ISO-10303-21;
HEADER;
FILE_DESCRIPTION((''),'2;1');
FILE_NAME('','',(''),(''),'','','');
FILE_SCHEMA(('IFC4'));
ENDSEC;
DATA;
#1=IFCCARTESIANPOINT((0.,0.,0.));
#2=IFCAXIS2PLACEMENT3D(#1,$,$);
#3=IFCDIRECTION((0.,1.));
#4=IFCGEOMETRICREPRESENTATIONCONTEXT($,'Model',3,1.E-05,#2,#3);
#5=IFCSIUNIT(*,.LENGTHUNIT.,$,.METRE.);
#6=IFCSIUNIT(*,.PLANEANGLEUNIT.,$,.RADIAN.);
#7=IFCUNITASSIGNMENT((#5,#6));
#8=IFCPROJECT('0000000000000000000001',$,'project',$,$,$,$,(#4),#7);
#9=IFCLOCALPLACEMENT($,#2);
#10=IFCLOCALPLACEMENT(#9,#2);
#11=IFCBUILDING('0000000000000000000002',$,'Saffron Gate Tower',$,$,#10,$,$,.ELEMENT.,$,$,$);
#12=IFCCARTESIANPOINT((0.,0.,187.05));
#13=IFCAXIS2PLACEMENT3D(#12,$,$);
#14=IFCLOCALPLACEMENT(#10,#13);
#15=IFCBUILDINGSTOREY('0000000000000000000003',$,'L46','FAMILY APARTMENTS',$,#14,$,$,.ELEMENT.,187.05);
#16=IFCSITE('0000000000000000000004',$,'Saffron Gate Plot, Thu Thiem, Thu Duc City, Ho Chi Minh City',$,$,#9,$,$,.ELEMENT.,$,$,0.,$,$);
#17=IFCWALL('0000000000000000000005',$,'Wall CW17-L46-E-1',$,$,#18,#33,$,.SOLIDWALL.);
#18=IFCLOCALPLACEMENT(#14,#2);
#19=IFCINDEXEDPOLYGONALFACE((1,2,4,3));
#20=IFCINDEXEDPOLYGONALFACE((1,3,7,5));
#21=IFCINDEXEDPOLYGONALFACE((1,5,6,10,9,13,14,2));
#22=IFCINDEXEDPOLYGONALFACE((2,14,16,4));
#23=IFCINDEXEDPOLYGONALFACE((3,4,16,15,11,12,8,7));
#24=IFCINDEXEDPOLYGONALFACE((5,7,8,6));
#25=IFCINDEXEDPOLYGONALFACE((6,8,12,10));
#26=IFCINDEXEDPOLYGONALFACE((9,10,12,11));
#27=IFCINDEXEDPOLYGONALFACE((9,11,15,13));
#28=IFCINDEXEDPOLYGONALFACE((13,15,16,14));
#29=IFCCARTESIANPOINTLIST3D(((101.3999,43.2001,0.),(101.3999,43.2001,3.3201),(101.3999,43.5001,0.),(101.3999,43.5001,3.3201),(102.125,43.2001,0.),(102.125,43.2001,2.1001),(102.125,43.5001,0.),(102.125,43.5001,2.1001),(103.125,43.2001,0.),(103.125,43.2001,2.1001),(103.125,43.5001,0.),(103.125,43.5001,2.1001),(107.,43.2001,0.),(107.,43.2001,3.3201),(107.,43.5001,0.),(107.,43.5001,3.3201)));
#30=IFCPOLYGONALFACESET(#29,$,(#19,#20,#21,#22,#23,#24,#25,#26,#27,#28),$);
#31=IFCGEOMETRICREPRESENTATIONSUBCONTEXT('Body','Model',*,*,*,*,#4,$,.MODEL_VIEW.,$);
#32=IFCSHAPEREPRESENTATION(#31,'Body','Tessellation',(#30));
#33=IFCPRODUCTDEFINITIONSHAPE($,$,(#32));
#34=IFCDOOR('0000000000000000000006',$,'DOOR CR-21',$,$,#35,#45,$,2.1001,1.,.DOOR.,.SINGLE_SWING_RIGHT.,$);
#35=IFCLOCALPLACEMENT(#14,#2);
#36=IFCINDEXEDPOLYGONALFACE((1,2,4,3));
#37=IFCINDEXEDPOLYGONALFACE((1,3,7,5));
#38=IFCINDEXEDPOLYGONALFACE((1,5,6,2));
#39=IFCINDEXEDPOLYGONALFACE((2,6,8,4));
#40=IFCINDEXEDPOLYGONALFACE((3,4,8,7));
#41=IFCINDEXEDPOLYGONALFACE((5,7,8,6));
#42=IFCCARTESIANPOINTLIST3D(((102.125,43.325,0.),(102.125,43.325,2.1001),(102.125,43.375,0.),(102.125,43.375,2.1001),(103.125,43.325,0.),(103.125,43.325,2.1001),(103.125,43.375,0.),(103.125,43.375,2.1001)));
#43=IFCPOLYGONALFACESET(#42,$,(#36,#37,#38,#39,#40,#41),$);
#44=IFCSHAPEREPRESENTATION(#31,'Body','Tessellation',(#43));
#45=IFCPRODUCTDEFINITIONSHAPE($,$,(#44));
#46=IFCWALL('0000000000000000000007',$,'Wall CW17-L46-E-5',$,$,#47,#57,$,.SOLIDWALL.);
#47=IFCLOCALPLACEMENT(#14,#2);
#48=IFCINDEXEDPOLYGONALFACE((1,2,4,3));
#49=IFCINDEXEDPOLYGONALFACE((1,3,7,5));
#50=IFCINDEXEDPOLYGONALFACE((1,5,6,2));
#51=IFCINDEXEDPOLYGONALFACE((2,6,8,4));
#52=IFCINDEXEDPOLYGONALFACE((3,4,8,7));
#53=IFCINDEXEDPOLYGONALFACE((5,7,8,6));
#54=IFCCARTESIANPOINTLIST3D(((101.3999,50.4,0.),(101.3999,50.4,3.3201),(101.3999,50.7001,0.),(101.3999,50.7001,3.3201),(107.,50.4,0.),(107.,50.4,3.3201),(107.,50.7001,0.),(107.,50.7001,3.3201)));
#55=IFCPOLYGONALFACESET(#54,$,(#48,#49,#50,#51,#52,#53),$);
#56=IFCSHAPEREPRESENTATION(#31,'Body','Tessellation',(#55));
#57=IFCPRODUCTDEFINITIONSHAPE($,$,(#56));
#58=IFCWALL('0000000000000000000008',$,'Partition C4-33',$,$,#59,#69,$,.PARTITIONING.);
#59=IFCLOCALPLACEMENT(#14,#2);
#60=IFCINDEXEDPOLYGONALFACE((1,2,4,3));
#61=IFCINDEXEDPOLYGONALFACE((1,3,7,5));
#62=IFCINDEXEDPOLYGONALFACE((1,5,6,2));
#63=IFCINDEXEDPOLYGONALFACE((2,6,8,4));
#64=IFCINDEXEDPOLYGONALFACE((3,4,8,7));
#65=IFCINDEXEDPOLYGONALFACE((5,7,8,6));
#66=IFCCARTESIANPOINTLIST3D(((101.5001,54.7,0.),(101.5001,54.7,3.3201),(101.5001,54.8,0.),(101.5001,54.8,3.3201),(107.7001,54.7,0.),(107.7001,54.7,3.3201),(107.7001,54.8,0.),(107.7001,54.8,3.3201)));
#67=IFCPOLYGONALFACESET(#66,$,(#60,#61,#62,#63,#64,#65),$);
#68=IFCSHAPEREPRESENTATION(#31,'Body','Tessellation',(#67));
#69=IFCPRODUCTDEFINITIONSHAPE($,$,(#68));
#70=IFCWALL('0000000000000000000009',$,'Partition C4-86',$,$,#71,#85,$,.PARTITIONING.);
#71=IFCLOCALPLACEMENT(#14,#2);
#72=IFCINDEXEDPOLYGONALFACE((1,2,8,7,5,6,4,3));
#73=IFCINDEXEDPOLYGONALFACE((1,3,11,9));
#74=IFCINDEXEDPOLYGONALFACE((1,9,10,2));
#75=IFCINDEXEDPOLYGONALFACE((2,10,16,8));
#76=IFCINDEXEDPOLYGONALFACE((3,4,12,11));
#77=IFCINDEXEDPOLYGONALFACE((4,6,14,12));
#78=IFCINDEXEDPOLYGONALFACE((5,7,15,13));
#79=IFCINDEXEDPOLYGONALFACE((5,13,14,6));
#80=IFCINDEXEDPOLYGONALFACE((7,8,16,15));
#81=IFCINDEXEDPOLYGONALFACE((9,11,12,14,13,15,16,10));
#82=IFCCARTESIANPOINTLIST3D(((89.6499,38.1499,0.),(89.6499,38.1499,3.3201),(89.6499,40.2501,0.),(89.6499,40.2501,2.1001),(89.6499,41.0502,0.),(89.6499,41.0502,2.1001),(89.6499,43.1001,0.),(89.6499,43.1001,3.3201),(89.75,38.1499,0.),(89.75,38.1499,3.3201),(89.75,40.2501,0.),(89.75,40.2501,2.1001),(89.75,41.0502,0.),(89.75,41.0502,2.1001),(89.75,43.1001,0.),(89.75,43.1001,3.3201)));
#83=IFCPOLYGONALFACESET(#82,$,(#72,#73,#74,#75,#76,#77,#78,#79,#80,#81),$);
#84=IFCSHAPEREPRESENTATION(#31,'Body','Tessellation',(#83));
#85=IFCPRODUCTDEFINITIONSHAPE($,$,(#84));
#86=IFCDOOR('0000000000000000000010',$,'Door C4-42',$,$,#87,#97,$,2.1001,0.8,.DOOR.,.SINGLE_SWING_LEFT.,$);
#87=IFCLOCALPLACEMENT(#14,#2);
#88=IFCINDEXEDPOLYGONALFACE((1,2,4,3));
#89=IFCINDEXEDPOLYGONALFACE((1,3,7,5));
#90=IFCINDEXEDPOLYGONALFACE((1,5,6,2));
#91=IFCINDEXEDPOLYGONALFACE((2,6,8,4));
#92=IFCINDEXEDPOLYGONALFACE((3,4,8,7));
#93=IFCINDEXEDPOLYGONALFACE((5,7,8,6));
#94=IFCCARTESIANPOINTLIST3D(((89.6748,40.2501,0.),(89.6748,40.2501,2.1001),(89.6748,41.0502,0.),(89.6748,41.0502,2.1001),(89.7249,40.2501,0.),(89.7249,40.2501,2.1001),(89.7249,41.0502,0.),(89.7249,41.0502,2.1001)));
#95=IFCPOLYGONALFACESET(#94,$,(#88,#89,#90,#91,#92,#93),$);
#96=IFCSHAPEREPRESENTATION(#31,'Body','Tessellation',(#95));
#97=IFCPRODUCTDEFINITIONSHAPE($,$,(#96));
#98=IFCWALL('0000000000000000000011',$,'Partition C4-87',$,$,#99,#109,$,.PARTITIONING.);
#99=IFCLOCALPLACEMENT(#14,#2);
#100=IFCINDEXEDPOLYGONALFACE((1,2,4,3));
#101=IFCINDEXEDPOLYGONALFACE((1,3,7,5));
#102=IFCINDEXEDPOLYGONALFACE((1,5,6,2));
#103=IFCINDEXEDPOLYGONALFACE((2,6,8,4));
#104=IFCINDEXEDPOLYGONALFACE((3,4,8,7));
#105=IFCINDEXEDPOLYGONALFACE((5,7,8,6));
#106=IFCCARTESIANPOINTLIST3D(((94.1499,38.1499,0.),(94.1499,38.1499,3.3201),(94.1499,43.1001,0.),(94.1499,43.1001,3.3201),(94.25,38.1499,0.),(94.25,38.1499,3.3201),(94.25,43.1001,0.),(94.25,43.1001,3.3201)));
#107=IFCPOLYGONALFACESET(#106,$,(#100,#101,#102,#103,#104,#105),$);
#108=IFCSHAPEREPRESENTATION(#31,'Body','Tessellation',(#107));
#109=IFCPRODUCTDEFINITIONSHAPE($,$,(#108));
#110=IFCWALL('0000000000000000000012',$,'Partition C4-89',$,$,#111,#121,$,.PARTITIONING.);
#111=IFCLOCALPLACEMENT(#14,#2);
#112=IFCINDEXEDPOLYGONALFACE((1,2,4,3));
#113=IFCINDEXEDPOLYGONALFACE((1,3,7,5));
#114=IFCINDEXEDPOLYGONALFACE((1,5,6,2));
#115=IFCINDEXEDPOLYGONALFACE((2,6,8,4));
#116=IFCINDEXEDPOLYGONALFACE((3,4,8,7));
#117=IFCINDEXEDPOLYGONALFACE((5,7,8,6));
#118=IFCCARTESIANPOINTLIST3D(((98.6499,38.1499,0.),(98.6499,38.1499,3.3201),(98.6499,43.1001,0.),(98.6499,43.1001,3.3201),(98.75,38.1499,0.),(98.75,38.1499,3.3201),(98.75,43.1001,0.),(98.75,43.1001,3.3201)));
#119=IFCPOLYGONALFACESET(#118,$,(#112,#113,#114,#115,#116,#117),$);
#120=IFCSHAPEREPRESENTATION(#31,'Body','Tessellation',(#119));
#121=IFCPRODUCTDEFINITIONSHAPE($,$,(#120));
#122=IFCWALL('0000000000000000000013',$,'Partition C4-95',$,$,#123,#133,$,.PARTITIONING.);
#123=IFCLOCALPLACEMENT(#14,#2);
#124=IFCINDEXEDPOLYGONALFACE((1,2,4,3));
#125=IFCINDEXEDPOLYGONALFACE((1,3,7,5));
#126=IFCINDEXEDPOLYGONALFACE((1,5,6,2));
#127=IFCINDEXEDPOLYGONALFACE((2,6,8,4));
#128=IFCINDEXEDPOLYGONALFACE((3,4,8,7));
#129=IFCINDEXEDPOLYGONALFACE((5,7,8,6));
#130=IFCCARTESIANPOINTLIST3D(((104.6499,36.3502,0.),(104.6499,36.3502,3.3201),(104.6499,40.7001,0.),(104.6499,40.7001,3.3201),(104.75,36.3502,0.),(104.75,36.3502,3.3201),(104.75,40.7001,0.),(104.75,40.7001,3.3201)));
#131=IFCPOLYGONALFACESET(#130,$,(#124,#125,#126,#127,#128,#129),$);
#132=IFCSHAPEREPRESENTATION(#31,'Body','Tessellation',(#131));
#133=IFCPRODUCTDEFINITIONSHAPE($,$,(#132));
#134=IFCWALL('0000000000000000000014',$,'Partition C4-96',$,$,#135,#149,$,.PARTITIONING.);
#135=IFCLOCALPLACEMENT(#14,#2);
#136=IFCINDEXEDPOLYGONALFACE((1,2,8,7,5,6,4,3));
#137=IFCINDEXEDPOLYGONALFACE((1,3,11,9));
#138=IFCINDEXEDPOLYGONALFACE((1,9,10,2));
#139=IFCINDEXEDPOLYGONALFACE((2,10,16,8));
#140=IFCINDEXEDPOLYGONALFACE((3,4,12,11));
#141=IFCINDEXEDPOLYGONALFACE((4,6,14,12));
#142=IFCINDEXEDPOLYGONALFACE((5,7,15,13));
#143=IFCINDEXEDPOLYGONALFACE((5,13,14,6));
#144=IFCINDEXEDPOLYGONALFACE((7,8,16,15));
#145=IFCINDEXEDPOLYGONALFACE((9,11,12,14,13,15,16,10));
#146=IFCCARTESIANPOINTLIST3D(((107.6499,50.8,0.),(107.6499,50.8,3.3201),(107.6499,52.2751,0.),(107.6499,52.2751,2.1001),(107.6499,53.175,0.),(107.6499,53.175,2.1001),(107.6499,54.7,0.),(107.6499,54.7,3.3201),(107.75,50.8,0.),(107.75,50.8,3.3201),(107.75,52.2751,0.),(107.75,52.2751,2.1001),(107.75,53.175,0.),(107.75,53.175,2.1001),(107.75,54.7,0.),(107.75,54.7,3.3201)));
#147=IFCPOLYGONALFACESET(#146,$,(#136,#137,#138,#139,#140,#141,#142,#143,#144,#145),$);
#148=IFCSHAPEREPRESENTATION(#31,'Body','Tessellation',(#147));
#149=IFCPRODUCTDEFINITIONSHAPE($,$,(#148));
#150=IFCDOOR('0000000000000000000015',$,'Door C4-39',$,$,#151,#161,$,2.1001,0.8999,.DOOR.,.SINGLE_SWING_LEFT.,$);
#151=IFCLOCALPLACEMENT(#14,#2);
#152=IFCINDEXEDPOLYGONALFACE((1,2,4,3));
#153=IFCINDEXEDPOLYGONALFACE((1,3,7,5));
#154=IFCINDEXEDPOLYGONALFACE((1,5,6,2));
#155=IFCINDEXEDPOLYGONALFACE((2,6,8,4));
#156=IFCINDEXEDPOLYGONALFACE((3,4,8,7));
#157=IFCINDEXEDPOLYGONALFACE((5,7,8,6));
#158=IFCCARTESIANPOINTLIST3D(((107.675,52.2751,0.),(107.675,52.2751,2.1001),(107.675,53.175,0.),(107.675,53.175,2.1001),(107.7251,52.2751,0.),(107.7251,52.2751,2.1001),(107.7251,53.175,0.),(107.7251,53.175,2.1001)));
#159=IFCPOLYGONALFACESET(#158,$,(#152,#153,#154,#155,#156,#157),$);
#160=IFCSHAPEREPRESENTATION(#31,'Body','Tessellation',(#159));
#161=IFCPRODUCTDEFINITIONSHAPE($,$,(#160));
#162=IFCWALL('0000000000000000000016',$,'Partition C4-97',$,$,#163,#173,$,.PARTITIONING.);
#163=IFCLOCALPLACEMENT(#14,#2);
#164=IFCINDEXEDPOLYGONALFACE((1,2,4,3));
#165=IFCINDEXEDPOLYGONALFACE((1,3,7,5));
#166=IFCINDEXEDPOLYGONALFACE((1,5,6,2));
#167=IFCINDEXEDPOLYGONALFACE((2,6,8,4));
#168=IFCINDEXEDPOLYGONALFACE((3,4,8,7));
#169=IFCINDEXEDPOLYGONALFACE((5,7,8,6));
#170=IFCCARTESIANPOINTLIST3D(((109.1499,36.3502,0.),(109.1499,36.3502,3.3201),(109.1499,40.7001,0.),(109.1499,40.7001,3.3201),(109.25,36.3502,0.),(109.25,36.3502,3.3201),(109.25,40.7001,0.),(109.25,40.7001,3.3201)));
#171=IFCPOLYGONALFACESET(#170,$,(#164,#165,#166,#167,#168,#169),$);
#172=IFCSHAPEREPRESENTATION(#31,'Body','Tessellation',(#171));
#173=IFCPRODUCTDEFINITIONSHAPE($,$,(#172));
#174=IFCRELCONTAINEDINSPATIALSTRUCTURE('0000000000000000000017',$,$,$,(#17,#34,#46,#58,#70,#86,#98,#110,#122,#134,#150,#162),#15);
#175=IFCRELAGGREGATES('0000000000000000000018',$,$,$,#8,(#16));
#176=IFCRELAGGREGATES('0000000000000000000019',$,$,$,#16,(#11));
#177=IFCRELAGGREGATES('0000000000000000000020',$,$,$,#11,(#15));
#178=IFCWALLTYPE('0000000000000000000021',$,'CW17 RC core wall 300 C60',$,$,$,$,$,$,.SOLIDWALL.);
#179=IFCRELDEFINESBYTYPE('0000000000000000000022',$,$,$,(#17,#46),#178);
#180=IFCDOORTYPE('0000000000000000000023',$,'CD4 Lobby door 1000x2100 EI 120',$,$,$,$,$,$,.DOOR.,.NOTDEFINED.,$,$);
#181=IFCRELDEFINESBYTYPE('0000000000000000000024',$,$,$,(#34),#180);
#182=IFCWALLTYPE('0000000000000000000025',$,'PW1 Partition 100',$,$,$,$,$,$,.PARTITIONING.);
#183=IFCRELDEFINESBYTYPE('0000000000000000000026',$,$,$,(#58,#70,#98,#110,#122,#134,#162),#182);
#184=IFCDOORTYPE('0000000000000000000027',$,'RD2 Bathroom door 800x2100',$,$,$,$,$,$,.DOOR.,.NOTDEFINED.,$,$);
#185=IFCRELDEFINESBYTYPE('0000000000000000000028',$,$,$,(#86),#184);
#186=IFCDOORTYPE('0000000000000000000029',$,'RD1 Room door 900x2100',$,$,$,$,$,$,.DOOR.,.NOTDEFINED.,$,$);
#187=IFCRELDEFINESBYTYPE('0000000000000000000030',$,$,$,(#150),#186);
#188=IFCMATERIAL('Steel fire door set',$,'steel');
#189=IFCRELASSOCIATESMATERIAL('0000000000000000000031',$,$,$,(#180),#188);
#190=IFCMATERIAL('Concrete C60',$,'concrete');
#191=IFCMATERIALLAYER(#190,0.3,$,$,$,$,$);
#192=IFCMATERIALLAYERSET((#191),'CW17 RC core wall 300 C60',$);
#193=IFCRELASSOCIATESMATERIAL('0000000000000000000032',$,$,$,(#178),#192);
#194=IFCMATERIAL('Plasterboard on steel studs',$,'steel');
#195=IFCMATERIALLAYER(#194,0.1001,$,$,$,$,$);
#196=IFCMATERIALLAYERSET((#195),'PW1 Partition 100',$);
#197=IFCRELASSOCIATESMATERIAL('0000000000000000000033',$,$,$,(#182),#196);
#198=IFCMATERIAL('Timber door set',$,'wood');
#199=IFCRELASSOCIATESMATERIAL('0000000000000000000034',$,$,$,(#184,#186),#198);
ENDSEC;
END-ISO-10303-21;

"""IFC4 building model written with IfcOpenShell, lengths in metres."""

from ifc_helpers import new_model, si_unit, direction, frame, frame_2d, origin, place, context, subcontext, project, spatial, rectangle, extrude, material, layer, layer_set, type_object, element, fill, save


model = new_model("IFC4")

# Units and contexts
model_context = context("Model", 3, precision=1e-05, world=origin(), true_north=direction((0.0, 1.0)))
body_context = subcontext(model_context, "Body", "Model", "MODEL_VIEW")
ifc_project = project(units=[si_unit("LENGTHUNIT", "METRE"), si_unit("PLANEANGLEUNIT", "RADIAN")], contexts=[model_context])

# Site, building, storey
site_placement = place(None, origin())
site = spatial("IfcSite", under=ifc_project, at=site_placement, Name="Saffron Gate Plot, Thu Thiem, Thu Duc City, Ho Chi Minh City", CompositionType="ELEMENT", RefElevation=0.0)
building_placement = place(site_placement, origin())
building = spatial("IfcBuilding", under=site, at=building_placement, Name="Saffron Gate Tower", CompositionType="ELEMENT")
storey_placement = place(building_placement, frame((0.0, 0.0, 187.05)))
storey = spatial("IfcBuildingStorey", under=building, at=storey_placement, Name="L46", Description="FAMILY APARTMENTS", CompositionType="ELEMENT", Elevation=187.05)

# Shared definitions
ifc_material_1 = material(Name="Steel fire door set", Category="steel")
door_type_1 = type_object("IfcDoorType", Name="CD4 Lobby door 1000x2100 EI 120", OperationType="NOTDEFINED", PredefinedType="DOOR", material=ifc_material_1)
ifc_material_2 = material(Name="Concrete C60", Category="concrete")

# Wall, opening, door
ifc_layer_1 = layer(ifc_material_2, 0.3)
ifc_layer_set_1 = layer_set([ifc_layer_1], Name="CW17 RC core wall 300 C60")
wall_type_1 = type_object("IfcWallType", Name="CW17 RC core wall 300 C60", PredefinedType="SOLIDWALL", material=ifc_layer_set_1)
wall_1_placement = place(storey_placement, frame((101.3999, 43.3501, 0.0), z_axis=(0.0, 0.0, 1.0), x_axis=(1.0, 0.0, 0.0)))
wall_1 = element("IfcWall", 1, at=wall_1_placement, inside=storey, type_object=wall_type_1, Name="Wall CW17-L46-E-1", PredefinedType="SOLIDWALL", context=body_context, shape_type="SweptSolid", body=[
    extrude(rectangle(XDim=5.6001, YDim=0.3, at=frame_2d((2.8, 0.0))), origin(), (0.0, 0.0, 1.0), 3.3201),
])
opening_1_placement = place(wall_1_placement, frame((0.7251, 0.0, 0.0)))
opening_1 = element("IfcOpeningElement", 2, at=opening_1_placement, cuts=wall_1, PredefinedType="OPENING", context=body_context, shape_type="SweptSolid", body=[
    extrude(rectangle(XDim=1.0, YDim=2.1001, at=frame_2d((0.5, 1.05))), frame((0.0, 0.1602, 0.0), z_axis=(0.0, -1.0, 0.0), x_axis=(1.0, 0.0, 0.0)), (0.0, 0.0, 1.0), 0.3201),
])
door_1_placement = place(opening_1_placement, origin())
door_1 = element("IfcDoor", 3, at=door_1_placement, inside=storey, type_object=door_type_1, Name="DOOR CR-21", OperationType="SINGLE_SWING_RIGHT", OverallHeight=2.1001, OverallWidth=1.0, PredefinedType="DOOR", context=body_context, shape_type="SweptSolid", body=[
    extrude(rectangle(XDim=1.0, YDim=2.1001, at=frame_2d((0.5, 1.05))), frame((0.0, 0.0249, 0.0), z_axis=(0.0, -1.0, 0.0), x_axis=(1.0, 0.0, 0.0)), (0.0, 0.0, 1.0), 0.05),
])
fill(opening_1, door_1)

# Walls
wall_2_placement = place(storey_placement, frame((101.3999, 50.55, 0.0), z_axis=(0.0, 0.0, 1.0), x_axis=(1.0, 0.0, 0.0)))
element("IfcWall", 4, at=wall_2_placement, inside=storey, type_object=wall_type_1, Name="Wall CW17-L46-E-5", PredefinedType="SOLIDWALL", context=body_context, shape_type="SweptSolid", body=[
    extrude(rectangle(XDim=5.6001, YDim=0.3, at=frame_2d((2.8, 0.0))), origin(), (0.0, 0.0, 1.0), 3.3201),
])
ifc_material_3 = material(Name="Plasterboard on steel studs", Category="steel")
ifc_layer_2 = layer(ifc_material_3, 0.1001)
ifc_layer_set_2 = layer_set([ifc_layer_2], Name="PW1 Partition 100")
wall_type_2 = type_object("IfcWallType", Name="PW1 Partition 100", PredefinedType="PARTITIONING", material=ifc_layer_set_2)
wall_3_placement = place(storey_placement, frame((101.5, 54.75, 0.0), z_axis=(0.0, 0.0, 1.0), x_axis=(1.0, 0.0, 0.0)))
element("IfcWall", 5, at=wall_3_placement, inside=storey, type_object=wall_type_2, Name="Partition C4-33", PredefinedType="PARTITIONING", context=body_context, shape_type="SweptSolid", body=[
    extrude(rectangle(XDim=6.2, YDim=0.1001, at=frame_2d((3.1001, 0.0))), origin(), (0.0, 0.0, 1.0), 3.3201),
])

# Wall, opening, door
wall_4_placement = place(storey_placement, frame((89.7, 43.1001, 0.0), z_axis=(0.0, 0.0, 1.0), x_axis=(0.0, -1.0, 0.0)))
wall_4 = element("IfcWall", 6, at=wall_4_placement, inside=storey, type_object=wall_type_2, Name="Partition C4-86", PredefinedType="PARTITIONING", context=body_context, shape_type="SweptSolid", body=[
    extrude(rectangle(XDim=4.9502, YDim=0.1001, at=frame_2d((2.4751, 0.0))), origin(), (0.0, 0.0, 1.0), 3.3201),
])
opening_2_placement = place(wall_4_placement, frame((2.05, 0.0, 0.0)))
opening_2 = element("IfcOpeningElement", 7, at=opening_2_placement, cuts=wall_4, PredefinedType="OPENING", context=body_context, shape_type="SweptSolid", body=[
    extrude(rectangle(XDim=0.8, YDim=2.1001, at=frame_2d((0.3999, 1.05))), frame((0.0, 0.0601, 0.0), z_axis=(0.0, -1.0, 0.0), x_axis=(1.0, 0.0, 0.0)), (0.0, 0.0, 1.0), 0.1201),
])
ifc_material_4 = material(Name="Timber door set", Category="wood")
door_type_2 = type_object("IfcDoorType", Name="RD2 Bathroom door 800x2100", OperationType="NOTDEFINED", PredefinedType="DOOR", material=ifc_material_4)
door_2_placement = place(opening_2_placement, origin())
door_2 = element("IfcDoor", 8, at=door_2_placement, inside=storey, type_object=door_type_2, Name="Door C4-42", OperationType="SINGLE_SWING_LEFT", OverallHeight=2.1001, OverallWidth=0.8, PredefinedType="DOOR", context=body_context, shape_type="SweptSolid", body=[
    extrude(rectangle(XDim=0.8, YDim=2.1001, at=frame_2d((0.3999, 1.05))), frame((0.0, 0.0249, 0.0), z_axis=(0.0, -1.0, 0.0), x_axis=(1.0, 0.0, 0.0)), (0.0, 0.0, 1.0), 0.05),
])
fill(opening_2, door_2)

# Walls
for number, where, z_axis, x_axis, name in (
    (9, (94.2, 43.1001, 0.0), (0.0, 0.0, 1.0), (0.0, -1.0, 0.0), "Partition C4-87"),
    (10, (98.7, 43.1001, 0.0), (0.0, 0.0, 1.0), (0.0, -1.0, 0.0), "Partition C4-89"),
):
    element("IfcWall", number, at=place(storey_placement, frame(where, z_axis=z_axis, x_axis=x_axis)), inside=storey, type_object=wall_type_2, Name=name, PredefinedType="PARTITIONING", context=body_context, shape_type="SweptSolid", body=[
        extrude(rectangle(XDim=4.9502, YDim=0.1001, at=frame_2d((2.4751, 0.0))), origin(), (0.0, 0.0, 1.0), 3.3201),
    ])
wall_5_placement = place(storey_placement, frame((104.7, 40.7, 0.0), z_axis=(0.0, 0.0, 1.0), x_axis=(0.0, -1.0, 0.0)))
element("IfcWall", 11, at=wall_5_placement, inside=storey, type_object=wall_type_2, Name="Partition C4-95", PredefinedType="PARTITIONING", context=body_context, shape_type="SweptSolid", body=[
    extrude(rectangle(XDim=4.3499, YDim=0.1001, at=frame_2d((2.1748, 0.0))), origin(), (0.0, 0.0, 1.0), 3.3201),
])

# Wall, opening, door
wall_6_placement = place(storey_placement, frame((107.7, 50.8, 0.0), z_axis=(0.0, 0.0, 1.0), x_axis=(0.0, 1.0, 0.0)))
wall_6 = element("IfcWall", 12, at=wall_6_placement, inside=storey, type_object=wall_type_2, Name="Partition C4-96", PredefinedType="PARTITIONING", context=body_context, shape_type="SweptSolid", body=[
    extrude(rectangle(XDim=3.8999, YDim=0.1001, at=frame_2d((1.95, 0.0))), origin(), (0.0, 0.0, 1.0), 3.3201),
])
opening_3_placement = place(wall_6_placement, frame((1.4751, 0.0, 0.0)))
opening_3 = element("IfcOpeningElement", 13, at=opening_3_placement, cuts=wall_6, PredefinedType="OPENING", context=body_context, shape_type="SweptSolid", body=[
    extrude(rectangle(XDim=0.8999, YDim=2.1001, at=frame_2d((0.45, 1.05))), frame((0.0, 0.0601, 0.0), z_axis=(0.0, -1.0, 0.0), x_axis=(1.0, 0.0, 0.0)), (0.0, 0.0, 1.0), 0.1201),
])
door_type_3 = type_object("IfcDoorType", Name="RD1 Room door 900x2100", OperationType="NOTDEFINED", PredefinedType="DOOR", material=ifc_material_4)
door_3_placement = place(opening_3_placement, origin())
door_3 = element("IfcDoor", 14, at=door_3_placement, inside=storey, type_object=door_type_3, Name="Door C4-39", OperationType="SINGLE_SWING_LEFT", OverallHeight=2.1001, OverallWidth=0.8999, PredefinedType="DOOR", context=body_context, shape_type="SweptSolid", body=[
    extrude(rectangle(XDim=0.8999, YDim=2.1001, at=frame_2d((0.45, 1.05))), frame((0.0, 0.0249, 0.0), z_axis=(0.0, -1.0, 0.0), x_axis=(1.0, 0.0, 0.0)), (0.0, 0.0, 1.0), 0.05),
])
fill(opening_3, door_3)

# Wall
wall_7_placement = place(storey_placement, frame((109.2, 40.7, 0.0), z_axis=(0.0, 0.0, 1.0), x_axis=(0.0, -1.0, 0.0)))
element("IfcWall", 15, at=wall_7_placement, inside=storey, type_object=wall_type_2, Name="Partition C4-97", PredefinedType="PARTITIONING", context=body_context, shape_type="SweptSolid", body=[
    extrude(rectangle(XDim=4.3499, YDim=0.1001, at=frame_2d((2.1748, 0.0))), origin(), (0.0, 0.0, 1.0), 3.3201),
])

save(model, "model.ifc")
